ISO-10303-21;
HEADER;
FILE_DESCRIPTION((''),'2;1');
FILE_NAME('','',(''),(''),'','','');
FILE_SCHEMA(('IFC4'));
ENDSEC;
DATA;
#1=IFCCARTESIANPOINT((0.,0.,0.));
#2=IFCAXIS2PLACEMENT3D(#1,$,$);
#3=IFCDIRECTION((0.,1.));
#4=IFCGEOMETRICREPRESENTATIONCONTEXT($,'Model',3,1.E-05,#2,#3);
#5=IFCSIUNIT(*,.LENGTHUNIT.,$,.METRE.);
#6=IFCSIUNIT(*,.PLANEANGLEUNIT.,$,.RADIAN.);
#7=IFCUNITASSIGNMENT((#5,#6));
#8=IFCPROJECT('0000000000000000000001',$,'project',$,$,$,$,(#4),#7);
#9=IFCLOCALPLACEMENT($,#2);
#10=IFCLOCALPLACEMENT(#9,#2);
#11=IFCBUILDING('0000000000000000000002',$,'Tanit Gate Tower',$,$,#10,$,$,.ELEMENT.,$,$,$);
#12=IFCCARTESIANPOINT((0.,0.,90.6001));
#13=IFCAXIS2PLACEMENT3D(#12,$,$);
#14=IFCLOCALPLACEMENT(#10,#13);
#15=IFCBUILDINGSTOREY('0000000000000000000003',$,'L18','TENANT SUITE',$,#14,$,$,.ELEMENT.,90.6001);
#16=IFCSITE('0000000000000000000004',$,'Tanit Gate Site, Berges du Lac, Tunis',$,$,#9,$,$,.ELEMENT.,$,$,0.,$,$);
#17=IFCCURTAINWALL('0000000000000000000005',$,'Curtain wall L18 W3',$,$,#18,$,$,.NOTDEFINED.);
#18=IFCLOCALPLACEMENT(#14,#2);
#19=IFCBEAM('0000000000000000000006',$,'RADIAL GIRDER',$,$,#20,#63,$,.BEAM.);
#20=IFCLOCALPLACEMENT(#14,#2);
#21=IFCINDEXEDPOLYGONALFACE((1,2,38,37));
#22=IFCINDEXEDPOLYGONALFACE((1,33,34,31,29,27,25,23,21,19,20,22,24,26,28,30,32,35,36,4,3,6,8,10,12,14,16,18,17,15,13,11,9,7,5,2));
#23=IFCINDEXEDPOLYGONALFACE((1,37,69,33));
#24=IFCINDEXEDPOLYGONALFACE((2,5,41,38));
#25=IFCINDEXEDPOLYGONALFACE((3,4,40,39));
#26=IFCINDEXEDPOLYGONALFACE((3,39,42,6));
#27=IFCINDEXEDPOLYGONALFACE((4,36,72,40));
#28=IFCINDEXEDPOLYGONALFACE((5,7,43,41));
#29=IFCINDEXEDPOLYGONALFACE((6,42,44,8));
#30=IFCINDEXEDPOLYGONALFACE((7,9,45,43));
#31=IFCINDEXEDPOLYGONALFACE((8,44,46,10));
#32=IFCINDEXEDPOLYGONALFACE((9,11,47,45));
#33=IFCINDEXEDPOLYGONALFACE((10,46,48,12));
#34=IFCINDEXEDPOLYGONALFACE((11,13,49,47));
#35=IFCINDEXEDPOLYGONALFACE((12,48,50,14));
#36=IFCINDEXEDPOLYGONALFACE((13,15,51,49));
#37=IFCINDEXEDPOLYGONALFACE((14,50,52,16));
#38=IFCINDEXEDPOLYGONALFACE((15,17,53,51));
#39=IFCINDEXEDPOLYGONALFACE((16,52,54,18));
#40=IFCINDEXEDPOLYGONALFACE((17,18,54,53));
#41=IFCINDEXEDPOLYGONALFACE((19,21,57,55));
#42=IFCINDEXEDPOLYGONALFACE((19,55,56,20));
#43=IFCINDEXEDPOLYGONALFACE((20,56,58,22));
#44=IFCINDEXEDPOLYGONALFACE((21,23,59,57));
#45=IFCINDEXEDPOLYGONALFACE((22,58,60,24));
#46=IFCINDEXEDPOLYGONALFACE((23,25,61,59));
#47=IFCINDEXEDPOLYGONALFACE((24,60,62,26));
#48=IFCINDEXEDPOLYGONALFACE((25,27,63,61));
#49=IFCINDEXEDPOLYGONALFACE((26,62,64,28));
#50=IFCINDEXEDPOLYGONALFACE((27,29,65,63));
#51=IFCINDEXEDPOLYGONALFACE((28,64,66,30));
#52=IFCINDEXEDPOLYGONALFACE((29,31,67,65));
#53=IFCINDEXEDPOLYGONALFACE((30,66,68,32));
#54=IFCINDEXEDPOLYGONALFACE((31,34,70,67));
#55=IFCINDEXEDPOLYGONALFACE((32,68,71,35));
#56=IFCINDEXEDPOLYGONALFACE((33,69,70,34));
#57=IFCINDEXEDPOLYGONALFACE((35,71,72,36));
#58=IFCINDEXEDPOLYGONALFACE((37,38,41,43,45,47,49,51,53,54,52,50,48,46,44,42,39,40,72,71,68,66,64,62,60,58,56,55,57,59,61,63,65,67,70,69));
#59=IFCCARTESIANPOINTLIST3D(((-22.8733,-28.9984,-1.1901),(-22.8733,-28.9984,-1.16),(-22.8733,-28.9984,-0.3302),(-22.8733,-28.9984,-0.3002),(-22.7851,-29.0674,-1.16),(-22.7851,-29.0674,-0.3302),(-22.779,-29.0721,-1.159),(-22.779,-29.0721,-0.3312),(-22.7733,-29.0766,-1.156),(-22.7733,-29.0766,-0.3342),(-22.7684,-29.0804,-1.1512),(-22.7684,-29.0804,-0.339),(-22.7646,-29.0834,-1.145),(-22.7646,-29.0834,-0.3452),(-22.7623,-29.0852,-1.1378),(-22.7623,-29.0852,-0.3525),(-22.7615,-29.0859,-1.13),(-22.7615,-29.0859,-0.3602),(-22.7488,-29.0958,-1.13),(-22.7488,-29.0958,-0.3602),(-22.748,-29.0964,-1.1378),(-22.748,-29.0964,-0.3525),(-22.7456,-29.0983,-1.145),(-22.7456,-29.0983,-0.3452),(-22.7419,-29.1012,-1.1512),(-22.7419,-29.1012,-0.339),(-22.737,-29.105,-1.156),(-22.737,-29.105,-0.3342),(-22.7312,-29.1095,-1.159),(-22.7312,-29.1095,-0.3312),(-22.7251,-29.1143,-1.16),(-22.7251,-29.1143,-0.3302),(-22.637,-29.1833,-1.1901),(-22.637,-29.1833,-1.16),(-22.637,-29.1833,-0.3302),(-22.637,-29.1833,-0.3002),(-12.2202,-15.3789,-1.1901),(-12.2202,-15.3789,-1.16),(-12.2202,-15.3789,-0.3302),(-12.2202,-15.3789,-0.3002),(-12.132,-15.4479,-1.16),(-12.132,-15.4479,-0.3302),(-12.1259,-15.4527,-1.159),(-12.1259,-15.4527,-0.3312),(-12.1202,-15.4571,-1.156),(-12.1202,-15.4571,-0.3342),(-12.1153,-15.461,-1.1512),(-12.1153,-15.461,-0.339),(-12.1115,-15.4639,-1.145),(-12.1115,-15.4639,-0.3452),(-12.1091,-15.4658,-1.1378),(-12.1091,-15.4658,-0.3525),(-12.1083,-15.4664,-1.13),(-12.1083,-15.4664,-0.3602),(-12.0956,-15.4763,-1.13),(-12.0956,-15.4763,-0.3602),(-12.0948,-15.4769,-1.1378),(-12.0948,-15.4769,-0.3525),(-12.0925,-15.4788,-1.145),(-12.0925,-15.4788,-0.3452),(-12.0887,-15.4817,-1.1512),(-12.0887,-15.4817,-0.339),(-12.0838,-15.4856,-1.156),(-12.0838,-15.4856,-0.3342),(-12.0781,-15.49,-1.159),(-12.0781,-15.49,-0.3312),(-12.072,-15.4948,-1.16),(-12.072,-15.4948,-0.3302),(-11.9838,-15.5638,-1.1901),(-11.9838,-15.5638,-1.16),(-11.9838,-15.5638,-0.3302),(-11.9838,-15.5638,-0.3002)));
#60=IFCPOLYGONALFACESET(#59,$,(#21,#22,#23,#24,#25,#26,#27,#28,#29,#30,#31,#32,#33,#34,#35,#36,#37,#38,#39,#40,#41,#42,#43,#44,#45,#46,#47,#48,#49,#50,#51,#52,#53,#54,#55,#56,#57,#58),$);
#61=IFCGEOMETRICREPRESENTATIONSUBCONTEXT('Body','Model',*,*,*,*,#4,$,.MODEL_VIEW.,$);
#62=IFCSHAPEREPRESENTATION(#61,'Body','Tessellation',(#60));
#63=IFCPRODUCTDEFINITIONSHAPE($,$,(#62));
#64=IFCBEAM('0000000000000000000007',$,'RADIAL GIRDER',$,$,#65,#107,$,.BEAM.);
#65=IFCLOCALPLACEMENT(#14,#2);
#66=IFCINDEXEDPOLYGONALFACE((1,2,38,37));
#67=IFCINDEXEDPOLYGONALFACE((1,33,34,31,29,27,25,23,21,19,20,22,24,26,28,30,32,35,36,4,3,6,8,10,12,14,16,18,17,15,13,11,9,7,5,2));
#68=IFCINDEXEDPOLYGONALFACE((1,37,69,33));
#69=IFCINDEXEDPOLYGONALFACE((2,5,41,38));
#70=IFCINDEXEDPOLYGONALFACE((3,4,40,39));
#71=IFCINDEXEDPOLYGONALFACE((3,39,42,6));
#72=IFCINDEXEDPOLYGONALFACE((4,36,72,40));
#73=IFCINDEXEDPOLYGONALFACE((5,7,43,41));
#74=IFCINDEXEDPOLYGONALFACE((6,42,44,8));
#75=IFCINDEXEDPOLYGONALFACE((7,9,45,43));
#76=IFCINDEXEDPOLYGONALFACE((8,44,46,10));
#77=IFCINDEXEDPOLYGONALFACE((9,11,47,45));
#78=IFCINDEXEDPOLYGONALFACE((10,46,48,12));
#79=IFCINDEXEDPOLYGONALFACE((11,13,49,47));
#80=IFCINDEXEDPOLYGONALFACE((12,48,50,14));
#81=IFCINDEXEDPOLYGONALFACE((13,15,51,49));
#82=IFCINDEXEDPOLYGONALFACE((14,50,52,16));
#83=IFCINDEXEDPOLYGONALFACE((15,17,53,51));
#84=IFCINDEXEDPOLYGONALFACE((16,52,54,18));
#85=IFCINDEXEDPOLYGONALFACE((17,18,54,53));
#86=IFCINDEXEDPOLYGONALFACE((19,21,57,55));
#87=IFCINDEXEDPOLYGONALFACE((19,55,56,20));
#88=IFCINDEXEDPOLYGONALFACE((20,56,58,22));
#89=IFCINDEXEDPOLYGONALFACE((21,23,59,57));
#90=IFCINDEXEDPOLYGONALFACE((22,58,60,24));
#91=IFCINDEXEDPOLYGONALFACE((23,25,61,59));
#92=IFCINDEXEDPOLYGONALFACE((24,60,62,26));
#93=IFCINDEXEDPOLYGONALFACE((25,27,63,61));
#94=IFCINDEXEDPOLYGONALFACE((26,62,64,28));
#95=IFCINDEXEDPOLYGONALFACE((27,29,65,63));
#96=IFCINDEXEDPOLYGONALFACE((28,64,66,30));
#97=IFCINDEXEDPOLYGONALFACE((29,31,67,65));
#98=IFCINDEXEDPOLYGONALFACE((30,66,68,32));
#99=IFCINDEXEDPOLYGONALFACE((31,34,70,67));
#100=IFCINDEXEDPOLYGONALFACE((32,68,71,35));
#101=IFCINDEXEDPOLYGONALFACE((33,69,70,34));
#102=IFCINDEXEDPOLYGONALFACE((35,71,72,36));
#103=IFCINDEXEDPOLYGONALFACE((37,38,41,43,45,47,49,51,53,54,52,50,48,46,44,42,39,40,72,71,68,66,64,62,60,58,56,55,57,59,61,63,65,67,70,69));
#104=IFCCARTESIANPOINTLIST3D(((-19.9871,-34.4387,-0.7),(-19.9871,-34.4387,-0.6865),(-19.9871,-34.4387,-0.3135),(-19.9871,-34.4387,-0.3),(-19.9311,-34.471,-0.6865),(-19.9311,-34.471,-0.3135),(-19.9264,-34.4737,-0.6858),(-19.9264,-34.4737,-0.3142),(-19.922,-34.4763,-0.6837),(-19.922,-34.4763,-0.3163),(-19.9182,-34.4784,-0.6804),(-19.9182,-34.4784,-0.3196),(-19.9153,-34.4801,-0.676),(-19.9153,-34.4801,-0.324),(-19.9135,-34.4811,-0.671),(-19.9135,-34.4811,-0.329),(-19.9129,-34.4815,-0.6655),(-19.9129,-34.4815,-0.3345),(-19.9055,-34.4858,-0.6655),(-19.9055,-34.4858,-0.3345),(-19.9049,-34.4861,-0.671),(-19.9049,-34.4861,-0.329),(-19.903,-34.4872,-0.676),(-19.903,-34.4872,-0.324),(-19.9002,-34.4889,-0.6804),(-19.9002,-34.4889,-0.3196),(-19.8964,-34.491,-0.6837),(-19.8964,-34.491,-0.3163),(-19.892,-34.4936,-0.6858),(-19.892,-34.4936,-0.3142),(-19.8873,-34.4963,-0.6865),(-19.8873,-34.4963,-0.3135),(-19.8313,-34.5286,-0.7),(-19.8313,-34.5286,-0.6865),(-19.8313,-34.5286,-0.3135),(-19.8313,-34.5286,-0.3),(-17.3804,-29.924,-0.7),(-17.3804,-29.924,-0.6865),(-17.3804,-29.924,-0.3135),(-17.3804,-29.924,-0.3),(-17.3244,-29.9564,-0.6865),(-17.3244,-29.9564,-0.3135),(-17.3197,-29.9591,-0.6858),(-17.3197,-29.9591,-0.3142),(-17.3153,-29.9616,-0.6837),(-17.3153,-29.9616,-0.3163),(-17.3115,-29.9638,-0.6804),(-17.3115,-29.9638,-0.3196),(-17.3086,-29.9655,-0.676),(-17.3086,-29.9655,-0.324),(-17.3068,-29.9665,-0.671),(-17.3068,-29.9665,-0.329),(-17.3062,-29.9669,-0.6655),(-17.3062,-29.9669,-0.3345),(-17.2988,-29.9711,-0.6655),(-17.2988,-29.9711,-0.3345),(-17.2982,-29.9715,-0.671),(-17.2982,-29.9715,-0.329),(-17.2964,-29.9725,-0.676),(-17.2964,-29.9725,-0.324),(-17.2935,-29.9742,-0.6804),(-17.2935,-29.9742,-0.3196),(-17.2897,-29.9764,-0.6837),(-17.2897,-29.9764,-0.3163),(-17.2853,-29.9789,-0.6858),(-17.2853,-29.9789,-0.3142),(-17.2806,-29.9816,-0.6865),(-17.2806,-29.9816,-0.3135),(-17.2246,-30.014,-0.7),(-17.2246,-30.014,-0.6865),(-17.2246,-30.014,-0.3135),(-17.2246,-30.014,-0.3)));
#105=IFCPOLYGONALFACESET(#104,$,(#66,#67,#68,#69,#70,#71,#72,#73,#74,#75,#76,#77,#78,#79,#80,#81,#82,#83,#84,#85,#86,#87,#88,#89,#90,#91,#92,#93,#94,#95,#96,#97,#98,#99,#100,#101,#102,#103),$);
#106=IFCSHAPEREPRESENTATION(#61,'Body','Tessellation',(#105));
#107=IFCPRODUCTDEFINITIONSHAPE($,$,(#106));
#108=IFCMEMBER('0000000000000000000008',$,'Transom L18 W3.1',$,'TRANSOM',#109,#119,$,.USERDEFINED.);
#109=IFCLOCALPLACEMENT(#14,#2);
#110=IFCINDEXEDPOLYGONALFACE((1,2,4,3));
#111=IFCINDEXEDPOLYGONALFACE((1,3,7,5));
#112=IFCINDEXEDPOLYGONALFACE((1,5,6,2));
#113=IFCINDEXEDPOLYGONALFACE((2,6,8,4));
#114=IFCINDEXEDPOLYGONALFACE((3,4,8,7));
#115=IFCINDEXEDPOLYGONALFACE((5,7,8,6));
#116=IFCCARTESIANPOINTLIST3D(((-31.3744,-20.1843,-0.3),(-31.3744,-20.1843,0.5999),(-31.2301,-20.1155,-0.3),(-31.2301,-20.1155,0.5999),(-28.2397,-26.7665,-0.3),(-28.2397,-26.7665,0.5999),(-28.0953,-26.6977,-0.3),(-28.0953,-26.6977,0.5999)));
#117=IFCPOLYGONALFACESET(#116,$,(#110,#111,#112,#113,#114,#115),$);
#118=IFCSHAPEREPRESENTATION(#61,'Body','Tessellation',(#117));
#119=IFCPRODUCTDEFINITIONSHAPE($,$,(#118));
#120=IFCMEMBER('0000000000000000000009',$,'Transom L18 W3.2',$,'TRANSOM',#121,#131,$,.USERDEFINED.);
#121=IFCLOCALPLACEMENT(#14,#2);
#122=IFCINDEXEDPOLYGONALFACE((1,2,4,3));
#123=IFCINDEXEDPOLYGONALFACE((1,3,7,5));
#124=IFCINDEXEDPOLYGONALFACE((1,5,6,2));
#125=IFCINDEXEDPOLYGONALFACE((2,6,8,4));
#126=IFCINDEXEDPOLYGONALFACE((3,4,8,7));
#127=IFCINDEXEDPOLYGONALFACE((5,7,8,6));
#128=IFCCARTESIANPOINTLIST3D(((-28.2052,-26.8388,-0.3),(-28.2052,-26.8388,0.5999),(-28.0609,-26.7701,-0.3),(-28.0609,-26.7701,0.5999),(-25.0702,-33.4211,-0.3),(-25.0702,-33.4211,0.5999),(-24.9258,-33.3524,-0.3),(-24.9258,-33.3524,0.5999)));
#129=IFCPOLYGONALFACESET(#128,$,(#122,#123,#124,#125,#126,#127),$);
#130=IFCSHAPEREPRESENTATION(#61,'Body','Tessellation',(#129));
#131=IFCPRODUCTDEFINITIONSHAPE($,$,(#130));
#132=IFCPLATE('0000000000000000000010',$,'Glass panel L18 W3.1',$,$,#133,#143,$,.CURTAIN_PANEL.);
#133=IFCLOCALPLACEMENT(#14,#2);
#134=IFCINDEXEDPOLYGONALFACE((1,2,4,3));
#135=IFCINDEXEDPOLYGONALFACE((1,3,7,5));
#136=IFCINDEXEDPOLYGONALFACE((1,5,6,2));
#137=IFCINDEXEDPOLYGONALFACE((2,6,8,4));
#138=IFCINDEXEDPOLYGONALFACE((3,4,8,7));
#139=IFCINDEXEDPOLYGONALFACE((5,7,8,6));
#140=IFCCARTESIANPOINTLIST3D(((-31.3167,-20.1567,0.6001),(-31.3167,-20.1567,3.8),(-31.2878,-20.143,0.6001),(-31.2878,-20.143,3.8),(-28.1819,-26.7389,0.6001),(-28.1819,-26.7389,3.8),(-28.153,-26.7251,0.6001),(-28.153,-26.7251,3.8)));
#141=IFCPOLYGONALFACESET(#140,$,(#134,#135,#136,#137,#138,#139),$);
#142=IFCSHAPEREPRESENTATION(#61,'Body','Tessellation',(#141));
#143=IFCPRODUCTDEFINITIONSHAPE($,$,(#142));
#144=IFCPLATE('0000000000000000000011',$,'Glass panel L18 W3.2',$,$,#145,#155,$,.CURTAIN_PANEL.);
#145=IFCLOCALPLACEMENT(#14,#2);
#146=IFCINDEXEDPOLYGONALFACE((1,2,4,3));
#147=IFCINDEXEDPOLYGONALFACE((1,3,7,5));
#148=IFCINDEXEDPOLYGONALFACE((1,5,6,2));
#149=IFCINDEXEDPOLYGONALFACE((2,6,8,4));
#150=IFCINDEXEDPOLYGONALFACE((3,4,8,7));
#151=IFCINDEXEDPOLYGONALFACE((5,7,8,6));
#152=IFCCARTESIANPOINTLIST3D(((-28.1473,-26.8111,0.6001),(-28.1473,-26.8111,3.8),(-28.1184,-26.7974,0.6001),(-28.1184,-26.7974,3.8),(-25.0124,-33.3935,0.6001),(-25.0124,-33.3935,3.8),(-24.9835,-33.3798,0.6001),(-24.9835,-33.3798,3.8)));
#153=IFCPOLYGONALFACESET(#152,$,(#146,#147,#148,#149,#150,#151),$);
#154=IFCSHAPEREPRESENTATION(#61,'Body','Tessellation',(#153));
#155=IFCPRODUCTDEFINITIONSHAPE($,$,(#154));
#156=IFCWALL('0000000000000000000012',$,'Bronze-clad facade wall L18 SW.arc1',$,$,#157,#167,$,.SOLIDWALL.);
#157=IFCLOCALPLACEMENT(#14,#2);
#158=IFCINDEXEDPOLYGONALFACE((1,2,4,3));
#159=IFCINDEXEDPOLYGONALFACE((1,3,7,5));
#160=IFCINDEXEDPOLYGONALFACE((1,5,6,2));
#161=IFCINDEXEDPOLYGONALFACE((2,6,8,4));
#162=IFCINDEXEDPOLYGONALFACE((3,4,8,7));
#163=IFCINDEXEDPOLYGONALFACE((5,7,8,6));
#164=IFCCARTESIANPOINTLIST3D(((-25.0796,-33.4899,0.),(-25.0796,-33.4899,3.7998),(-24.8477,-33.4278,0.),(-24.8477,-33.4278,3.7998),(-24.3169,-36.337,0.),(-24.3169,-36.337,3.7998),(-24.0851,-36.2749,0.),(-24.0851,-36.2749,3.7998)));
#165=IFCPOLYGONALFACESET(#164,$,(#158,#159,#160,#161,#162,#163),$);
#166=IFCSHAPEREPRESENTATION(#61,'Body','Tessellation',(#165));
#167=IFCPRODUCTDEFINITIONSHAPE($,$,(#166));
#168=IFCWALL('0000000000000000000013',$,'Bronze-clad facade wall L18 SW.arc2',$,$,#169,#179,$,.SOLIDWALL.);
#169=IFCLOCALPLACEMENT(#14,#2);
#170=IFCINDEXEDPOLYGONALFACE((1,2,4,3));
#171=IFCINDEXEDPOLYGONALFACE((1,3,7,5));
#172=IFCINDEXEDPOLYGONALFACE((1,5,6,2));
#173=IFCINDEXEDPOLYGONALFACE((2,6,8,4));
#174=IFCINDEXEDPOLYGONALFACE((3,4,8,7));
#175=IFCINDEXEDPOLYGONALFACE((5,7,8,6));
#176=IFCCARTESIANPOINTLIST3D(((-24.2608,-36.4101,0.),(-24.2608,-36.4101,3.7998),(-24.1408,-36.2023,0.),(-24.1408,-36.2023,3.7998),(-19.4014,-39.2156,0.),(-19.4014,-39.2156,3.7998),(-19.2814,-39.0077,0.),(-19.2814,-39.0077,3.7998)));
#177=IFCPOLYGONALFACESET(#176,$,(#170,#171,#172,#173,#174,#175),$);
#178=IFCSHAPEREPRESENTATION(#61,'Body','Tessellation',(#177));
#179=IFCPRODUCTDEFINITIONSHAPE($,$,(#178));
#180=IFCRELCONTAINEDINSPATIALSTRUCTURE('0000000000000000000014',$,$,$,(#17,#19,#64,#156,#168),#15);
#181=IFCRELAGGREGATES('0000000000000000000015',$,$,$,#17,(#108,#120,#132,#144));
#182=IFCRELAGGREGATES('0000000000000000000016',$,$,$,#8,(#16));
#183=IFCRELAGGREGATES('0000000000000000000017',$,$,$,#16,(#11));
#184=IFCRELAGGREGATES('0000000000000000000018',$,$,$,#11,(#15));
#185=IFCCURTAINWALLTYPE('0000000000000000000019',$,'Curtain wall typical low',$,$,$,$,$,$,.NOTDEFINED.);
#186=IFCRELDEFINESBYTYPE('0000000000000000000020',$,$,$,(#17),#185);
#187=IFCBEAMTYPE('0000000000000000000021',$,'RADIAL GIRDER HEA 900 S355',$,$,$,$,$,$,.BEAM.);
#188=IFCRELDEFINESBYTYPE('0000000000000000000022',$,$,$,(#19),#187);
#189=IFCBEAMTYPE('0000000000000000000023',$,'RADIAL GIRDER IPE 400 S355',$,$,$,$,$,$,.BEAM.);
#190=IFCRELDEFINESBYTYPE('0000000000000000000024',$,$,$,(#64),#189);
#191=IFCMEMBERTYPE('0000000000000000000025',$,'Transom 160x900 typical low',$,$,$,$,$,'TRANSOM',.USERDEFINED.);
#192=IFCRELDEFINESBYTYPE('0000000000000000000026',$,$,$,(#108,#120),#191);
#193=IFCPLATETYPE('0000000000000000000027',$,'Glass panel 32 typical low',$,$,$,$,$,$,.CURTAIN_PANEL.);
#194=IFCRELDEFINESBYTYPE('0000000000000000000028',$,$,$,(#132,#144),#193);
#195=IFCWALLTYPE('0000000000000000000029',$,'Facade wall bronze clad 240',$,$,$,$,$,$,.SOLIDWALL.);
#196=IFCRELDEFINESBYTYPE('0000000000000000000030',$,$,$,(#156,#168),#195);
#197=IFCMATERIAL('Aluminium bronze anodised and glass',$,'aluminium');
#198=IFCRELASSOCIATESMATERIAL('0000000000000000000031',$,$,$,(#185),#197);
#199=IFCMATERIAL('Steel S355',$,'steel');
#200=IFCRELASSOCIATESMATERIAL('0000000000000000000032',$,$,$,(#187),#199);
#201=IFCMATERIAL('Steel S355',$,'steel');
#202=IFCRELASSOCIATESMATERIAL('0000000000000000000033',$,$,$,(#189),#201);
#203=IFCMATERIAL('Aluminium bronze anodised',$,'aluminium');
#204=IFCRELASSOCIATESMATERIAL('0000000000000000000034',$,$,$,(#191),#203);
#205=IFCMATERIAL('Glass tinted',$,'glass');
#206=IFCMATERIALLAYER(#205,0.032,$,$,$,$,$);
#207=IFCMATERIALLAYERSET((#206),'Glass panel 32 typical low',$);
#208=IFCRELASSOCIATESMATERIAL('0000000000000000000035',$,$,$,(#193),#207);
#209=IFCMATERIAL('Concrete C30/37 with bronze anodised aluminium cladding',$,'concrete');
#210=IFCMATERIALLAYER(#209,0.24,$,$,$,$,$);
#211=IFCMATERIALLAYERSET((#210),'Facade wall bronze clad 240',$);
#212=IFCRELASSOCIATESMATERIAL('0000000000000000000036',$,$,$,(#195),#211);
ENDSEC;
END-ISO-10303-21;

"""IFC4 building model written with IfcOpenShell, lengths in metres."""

from ifc_helpers import new_model, si_unit, direction, frame, frame_2d, origin, origin_2d, place, context, subcontext, project, spatial, rectangle, i_section, extrude, material, layer, layer_set, material_profile, profile_set, type_object, element, aggregate, save


model = new_model("IFC4")

# Units and contexts
model_context = context("Model", 3, precision=1e-05, world=origin(), true_north=direction((0.0, 1.0)))
body_context = subcontext(model_context, "Body", "Model", "MODEL_VIEW")
ifc_project = project(units=[si_unit("LENGTHUNIT", "METRE"), si_unit("PLANEANGLEUNIT", "RADIAN")], contexts=[model_context])

# Site, building, storey
site_placement = place(None, origin())
site = spatial("IfcSite", under=ifc_project, at=site_placement, Name="Tanit Gate Site, Berges du Lac, Tunis", CompositionType="ELEMENT", RefElevation=0.0)
building_placement = place(site_placement, origin())
building = spatial("IfcBuilding", under=site, at=building_placement, Name="Tanit Gate Tower", CompositionType="ELEMENT")
storey_placement = place(building_placement, frame((0.0, 0.0, 90.6001)))
storey = spatial("IfcBuildingStorey", under=building, at=storey_placement, Name="L18", Description="TENANT SUITE", CompositionType="ELEMENT", Elevation=90.6001)

# Curtain wall
ifc_material_1 = material(Name="Aluminium bronze anodised and glass", Category="aluminium")
curtain_wall_type = type_object("IfcCurtainWallType", Name="Curtain wall typical low", PredefinedType="NOTDEFINED", material=ifc_material_1)
curtain_wall_1_placement = place(storey_placement, origin())
curtain_wall_1 = element("IfcCurtainWall", 1, at=curtain_wall_1_placement, inside=storey, type_object=curtain_wall_type, Name="Curtain wall L18 W3", PredefinedType="NOTDEFINED")

# Beams
ifc_material_2 = material(Name="Steel S355", Category="steel")
ifc_material_profile_1 = material_profile(ifc_material_2, i_section(OverallWidth=0.3, OverallDepth=0.8899, WebThickness=0.0161, FlangeThickness=0.03, FilletRadius=0.03, at=origin_2d()), Name="HEA 900")
ifc_profile_set_1 = profile_set([ifc_material_profile_1], Name="Steel S355")
beam_type_1 = type_object("IfcBeamType", Name="RADIAL GIRDER HEA 900 S355", PredefinedType="BEAM", material=ifc_profile_set_1)
beam_1_placement = place(storey_placement, frame((-22.7551, -29.0908, -0.7451), z_axis=(0.616108, 0.787661, 0.0), x_axis=(-0.787661, 0.616108, 0.0)))
element("IfcBeam", 2, at=beam_1_placement, inside=storey, type_object=beam_type_1, Name="RADIAL GIRDER", PredefinedType="BEAM", context=body_context, shape_type="SweptSolid", body=[
    extrude(i_section(OverallWidth=0.3, OverallDepth=0.8899, WebThickness=0.0161, FlangeThickness=0.03, FilletRadius=0.03, at=origin_2d()), origin(), (0.0, 0.0, 1.0), 17.291),
])
ifc_material_3 = material(Name="Steel S355", Category="steel")
ifc_material_profile_2 = material_profile(ifc_material_3, i_section(OverallWidth=0.1799, OverallDepth=0.3999, WebThickness=0.0085, FlangeThickness=0.0134, FilletRadius=0.021, at=origin_2d()), Name="IPE 400")
ifc_profile_set_2 = profile_set([ifc_material_profile_2], Name="Steel S355")
beam_type_2 = type_object("IfcBeamType", Name="RADIAL GIRDER IPE 400 S355", PredefinedType="BEAM", material=ifc_profile_set_2)
beam_2_placement = place(storey_placement, frame((-19.9092, -34.4836, -0.5), z_axis=(0.500022, 0.866012, 0.0), x_axis=(-0.866012, 0.500022, 0.0)))
element("IfcBeam", 3, at=beam_2_placement, inside=storey, type_object=beam_type_2, Name="RADIAL GIRDER", PredefinedType="BEAM", context=body_context, shape_type="SweptSolid", body=[
    extrude(i_section(OverallWidth=0.1799, OverallDepth=0.3999, WebThickness=0.0085, FlangeThickness=0.0134, FilletRadius=0.021, at=origin_2d()), origin(), (0.0, 0.0, 1.0), 5.2131),
])

# Members
ifc_material_4 = material(Name="Aluminium bronze anodised", Category="aluminium")
ifc_material_profile_3 = material_profile(ifc_material_4, rectangle(XDim=0.1599, YDim=0.8999, at=origin_2d()), Name="160x900 bronze transom")
ifc_profile_set_3 = profile_set([ifc_material_profile_3], Name="Aluminium bronze anodised")
member_type_1 = type_object("IfcMemberType", Name="Transom 160x900 typical low", ElementType="TRANSOM", PredefinedType="USERDEFINED", material=ifc_profile_set_3)
member_1_placement = place(storey_placement, frame((-31.3022, -20.1499, 0.1499), z_axis=(0.429973, -0.902842, 0.0), x_axis=(0.902842, 0.429973, 0.0)))
member_1 = element("IfcMember", 4, at=member_1_placement, type_object=member_type_1, Name="Transom L18 W3.1", ObjectType="TRANSOM", PredefinedType="USERDEFINED", context=body_context, shape_type="SweptSolid", body=[
    extrude(rectangle(XDim=0.1599, YDim=0.8999, at=origin_2d()), origin(), (0.0, 0.0, 1.0), 7.2905),
])
member_2_placement = place(storey_placement, frame((-28.1331, -26.8044, 0.1499), z_axis=(0.43, -0.902829, 0.0), x_axis=(0.902829, 0.43, 0.0)))
member_2 = element("IfcMember", 5, at=member_2_placement, type_object=member_type_1, Name="Transom L18 W3.2", ObjectType="TRANSOM", PredefinedType="USERDEFINED", context=body_context, shape_type="SweptSolid", body=[
    extrude(rectangle(XDim=0.1599, YDim=0.8999, at=origin_2d()), origin(), (0.0, 0.0, 1.0), 7.2908),
])

# Plates
ifc_material_5 = material(Name="Glass tinted", Category="glass")
ifc_layer_1 = layer(ifc_material_5, 0.032)
ifc_layer_set_1 = layer_set([ifc_layer_1], Name="Glass panel 32 typical low")
plate_type = type_object("IfcPlateType", Name="Glass panel 32 typical low", PredefinedType="CURTAIN_PANEL", material=ifc_layer_set_1)
plate_1_placement = place(storey_placement, frame((-29.7349, -23.4409, 0.6001), z_axis=(0.0, 0.0, 1.0), x_axis=(0.429981, -0.902838, 0.0)))
plate_1 = element("IfcPlate", 6, at=plate_1_placement, type_object=plate_type, Name="Glass panel L18 W3.1", PredefinedType="CURTAIN_PANEL", context=body_context, shape_type="SweptSolid", body=[
    extrude(rectangle(XDim=7.2905, YDim=0.032, at=origin_2d()), origin(), (0.0, 0.0, 1.0), 3.2),
])
plate_2_placement = place(storey_placement, frame((-26.5654, -30.0955, 0.6001), z_axis=(0.0, 0.0, 1.0), x_axis=(0.429981, -0.902838, 0.0)))
plate_2 = element("IfcPlate", 7, at=plate_2_placement, type_object=plate_type, Name="Glass panel L18 W3.2", PredefinedType="CURTAIN_PANEL", context=body_context, shape_type="SweptSolid", body=[
    extrude(rectangle(XDim=7.2908, YDim=0.032, at=origin_2d()), origin(), (0.0, 0.0, 1.0), 3.2),
])
aggregate(curtain_wall_1, [member_1, member_2, plate_1, plate_2])

# Walls
ifc_material_6 = material(Name="Concrete C30/37 with bronze anodised aluminium cladding", Category="concrete")
ifc_layer_2 = layer(ifc_material_6, 0.24)
ifc_layer_set_2 = layer_set([ifc_layer_2], Name="Facade wall bronze clad 240")
wall_type_1 = type_object("IfcWallType", Name="Facade wall bronze clad 240", PredefinedType="SOLIDWALL", material=ifc_layer_set_2)
wall_1_placement = place(storey_placement, frame((-24.9636, -33.459, 0.0), z_axis=(0.0, 0.0, 1.0), x_axis=(0.258755, -0.965943, 0.0)))
element("IfcWall", 8, at=wall_1_placement, inside=storey, type_object=wall_type_1, Name="Bronze-clad facade wall L18 SW.arc1", PredefinedType="SOLIDWALL", context=body_context, shape_type="SweptSolid", body=[
    extrude(rectangle(XDim=2.9475, YDim=0.24, at=frame_2d((1.4736, 0.0))), origin(), (0.0, 0.0, 1.0), 3.7998),
])
wall_2_placement = place(storey_placement, frame((-24.2009, -36.3062, 0.0), z_axis=(0.0, 0.0, 1.0), x_axis=(0.866036, -0.499981, 0.0)))
element("IfcWall", 9, at=wall_2_placement, inside=storey, type_object=wall_type_1, Name="Bronze-clad facade wall L18 SW.arc2", PredefinedType="SOLIDWALL", context=body_context, shape_type="SweptSolid", body=[
    extrude(rectangle(XDim=5.6111, YDim=0.24, at=frame_2d((2.8057, 0.0))), origin(), (0.0, 0.0, 1.0), 3.7998),
])

save(model, "model.ifc")
